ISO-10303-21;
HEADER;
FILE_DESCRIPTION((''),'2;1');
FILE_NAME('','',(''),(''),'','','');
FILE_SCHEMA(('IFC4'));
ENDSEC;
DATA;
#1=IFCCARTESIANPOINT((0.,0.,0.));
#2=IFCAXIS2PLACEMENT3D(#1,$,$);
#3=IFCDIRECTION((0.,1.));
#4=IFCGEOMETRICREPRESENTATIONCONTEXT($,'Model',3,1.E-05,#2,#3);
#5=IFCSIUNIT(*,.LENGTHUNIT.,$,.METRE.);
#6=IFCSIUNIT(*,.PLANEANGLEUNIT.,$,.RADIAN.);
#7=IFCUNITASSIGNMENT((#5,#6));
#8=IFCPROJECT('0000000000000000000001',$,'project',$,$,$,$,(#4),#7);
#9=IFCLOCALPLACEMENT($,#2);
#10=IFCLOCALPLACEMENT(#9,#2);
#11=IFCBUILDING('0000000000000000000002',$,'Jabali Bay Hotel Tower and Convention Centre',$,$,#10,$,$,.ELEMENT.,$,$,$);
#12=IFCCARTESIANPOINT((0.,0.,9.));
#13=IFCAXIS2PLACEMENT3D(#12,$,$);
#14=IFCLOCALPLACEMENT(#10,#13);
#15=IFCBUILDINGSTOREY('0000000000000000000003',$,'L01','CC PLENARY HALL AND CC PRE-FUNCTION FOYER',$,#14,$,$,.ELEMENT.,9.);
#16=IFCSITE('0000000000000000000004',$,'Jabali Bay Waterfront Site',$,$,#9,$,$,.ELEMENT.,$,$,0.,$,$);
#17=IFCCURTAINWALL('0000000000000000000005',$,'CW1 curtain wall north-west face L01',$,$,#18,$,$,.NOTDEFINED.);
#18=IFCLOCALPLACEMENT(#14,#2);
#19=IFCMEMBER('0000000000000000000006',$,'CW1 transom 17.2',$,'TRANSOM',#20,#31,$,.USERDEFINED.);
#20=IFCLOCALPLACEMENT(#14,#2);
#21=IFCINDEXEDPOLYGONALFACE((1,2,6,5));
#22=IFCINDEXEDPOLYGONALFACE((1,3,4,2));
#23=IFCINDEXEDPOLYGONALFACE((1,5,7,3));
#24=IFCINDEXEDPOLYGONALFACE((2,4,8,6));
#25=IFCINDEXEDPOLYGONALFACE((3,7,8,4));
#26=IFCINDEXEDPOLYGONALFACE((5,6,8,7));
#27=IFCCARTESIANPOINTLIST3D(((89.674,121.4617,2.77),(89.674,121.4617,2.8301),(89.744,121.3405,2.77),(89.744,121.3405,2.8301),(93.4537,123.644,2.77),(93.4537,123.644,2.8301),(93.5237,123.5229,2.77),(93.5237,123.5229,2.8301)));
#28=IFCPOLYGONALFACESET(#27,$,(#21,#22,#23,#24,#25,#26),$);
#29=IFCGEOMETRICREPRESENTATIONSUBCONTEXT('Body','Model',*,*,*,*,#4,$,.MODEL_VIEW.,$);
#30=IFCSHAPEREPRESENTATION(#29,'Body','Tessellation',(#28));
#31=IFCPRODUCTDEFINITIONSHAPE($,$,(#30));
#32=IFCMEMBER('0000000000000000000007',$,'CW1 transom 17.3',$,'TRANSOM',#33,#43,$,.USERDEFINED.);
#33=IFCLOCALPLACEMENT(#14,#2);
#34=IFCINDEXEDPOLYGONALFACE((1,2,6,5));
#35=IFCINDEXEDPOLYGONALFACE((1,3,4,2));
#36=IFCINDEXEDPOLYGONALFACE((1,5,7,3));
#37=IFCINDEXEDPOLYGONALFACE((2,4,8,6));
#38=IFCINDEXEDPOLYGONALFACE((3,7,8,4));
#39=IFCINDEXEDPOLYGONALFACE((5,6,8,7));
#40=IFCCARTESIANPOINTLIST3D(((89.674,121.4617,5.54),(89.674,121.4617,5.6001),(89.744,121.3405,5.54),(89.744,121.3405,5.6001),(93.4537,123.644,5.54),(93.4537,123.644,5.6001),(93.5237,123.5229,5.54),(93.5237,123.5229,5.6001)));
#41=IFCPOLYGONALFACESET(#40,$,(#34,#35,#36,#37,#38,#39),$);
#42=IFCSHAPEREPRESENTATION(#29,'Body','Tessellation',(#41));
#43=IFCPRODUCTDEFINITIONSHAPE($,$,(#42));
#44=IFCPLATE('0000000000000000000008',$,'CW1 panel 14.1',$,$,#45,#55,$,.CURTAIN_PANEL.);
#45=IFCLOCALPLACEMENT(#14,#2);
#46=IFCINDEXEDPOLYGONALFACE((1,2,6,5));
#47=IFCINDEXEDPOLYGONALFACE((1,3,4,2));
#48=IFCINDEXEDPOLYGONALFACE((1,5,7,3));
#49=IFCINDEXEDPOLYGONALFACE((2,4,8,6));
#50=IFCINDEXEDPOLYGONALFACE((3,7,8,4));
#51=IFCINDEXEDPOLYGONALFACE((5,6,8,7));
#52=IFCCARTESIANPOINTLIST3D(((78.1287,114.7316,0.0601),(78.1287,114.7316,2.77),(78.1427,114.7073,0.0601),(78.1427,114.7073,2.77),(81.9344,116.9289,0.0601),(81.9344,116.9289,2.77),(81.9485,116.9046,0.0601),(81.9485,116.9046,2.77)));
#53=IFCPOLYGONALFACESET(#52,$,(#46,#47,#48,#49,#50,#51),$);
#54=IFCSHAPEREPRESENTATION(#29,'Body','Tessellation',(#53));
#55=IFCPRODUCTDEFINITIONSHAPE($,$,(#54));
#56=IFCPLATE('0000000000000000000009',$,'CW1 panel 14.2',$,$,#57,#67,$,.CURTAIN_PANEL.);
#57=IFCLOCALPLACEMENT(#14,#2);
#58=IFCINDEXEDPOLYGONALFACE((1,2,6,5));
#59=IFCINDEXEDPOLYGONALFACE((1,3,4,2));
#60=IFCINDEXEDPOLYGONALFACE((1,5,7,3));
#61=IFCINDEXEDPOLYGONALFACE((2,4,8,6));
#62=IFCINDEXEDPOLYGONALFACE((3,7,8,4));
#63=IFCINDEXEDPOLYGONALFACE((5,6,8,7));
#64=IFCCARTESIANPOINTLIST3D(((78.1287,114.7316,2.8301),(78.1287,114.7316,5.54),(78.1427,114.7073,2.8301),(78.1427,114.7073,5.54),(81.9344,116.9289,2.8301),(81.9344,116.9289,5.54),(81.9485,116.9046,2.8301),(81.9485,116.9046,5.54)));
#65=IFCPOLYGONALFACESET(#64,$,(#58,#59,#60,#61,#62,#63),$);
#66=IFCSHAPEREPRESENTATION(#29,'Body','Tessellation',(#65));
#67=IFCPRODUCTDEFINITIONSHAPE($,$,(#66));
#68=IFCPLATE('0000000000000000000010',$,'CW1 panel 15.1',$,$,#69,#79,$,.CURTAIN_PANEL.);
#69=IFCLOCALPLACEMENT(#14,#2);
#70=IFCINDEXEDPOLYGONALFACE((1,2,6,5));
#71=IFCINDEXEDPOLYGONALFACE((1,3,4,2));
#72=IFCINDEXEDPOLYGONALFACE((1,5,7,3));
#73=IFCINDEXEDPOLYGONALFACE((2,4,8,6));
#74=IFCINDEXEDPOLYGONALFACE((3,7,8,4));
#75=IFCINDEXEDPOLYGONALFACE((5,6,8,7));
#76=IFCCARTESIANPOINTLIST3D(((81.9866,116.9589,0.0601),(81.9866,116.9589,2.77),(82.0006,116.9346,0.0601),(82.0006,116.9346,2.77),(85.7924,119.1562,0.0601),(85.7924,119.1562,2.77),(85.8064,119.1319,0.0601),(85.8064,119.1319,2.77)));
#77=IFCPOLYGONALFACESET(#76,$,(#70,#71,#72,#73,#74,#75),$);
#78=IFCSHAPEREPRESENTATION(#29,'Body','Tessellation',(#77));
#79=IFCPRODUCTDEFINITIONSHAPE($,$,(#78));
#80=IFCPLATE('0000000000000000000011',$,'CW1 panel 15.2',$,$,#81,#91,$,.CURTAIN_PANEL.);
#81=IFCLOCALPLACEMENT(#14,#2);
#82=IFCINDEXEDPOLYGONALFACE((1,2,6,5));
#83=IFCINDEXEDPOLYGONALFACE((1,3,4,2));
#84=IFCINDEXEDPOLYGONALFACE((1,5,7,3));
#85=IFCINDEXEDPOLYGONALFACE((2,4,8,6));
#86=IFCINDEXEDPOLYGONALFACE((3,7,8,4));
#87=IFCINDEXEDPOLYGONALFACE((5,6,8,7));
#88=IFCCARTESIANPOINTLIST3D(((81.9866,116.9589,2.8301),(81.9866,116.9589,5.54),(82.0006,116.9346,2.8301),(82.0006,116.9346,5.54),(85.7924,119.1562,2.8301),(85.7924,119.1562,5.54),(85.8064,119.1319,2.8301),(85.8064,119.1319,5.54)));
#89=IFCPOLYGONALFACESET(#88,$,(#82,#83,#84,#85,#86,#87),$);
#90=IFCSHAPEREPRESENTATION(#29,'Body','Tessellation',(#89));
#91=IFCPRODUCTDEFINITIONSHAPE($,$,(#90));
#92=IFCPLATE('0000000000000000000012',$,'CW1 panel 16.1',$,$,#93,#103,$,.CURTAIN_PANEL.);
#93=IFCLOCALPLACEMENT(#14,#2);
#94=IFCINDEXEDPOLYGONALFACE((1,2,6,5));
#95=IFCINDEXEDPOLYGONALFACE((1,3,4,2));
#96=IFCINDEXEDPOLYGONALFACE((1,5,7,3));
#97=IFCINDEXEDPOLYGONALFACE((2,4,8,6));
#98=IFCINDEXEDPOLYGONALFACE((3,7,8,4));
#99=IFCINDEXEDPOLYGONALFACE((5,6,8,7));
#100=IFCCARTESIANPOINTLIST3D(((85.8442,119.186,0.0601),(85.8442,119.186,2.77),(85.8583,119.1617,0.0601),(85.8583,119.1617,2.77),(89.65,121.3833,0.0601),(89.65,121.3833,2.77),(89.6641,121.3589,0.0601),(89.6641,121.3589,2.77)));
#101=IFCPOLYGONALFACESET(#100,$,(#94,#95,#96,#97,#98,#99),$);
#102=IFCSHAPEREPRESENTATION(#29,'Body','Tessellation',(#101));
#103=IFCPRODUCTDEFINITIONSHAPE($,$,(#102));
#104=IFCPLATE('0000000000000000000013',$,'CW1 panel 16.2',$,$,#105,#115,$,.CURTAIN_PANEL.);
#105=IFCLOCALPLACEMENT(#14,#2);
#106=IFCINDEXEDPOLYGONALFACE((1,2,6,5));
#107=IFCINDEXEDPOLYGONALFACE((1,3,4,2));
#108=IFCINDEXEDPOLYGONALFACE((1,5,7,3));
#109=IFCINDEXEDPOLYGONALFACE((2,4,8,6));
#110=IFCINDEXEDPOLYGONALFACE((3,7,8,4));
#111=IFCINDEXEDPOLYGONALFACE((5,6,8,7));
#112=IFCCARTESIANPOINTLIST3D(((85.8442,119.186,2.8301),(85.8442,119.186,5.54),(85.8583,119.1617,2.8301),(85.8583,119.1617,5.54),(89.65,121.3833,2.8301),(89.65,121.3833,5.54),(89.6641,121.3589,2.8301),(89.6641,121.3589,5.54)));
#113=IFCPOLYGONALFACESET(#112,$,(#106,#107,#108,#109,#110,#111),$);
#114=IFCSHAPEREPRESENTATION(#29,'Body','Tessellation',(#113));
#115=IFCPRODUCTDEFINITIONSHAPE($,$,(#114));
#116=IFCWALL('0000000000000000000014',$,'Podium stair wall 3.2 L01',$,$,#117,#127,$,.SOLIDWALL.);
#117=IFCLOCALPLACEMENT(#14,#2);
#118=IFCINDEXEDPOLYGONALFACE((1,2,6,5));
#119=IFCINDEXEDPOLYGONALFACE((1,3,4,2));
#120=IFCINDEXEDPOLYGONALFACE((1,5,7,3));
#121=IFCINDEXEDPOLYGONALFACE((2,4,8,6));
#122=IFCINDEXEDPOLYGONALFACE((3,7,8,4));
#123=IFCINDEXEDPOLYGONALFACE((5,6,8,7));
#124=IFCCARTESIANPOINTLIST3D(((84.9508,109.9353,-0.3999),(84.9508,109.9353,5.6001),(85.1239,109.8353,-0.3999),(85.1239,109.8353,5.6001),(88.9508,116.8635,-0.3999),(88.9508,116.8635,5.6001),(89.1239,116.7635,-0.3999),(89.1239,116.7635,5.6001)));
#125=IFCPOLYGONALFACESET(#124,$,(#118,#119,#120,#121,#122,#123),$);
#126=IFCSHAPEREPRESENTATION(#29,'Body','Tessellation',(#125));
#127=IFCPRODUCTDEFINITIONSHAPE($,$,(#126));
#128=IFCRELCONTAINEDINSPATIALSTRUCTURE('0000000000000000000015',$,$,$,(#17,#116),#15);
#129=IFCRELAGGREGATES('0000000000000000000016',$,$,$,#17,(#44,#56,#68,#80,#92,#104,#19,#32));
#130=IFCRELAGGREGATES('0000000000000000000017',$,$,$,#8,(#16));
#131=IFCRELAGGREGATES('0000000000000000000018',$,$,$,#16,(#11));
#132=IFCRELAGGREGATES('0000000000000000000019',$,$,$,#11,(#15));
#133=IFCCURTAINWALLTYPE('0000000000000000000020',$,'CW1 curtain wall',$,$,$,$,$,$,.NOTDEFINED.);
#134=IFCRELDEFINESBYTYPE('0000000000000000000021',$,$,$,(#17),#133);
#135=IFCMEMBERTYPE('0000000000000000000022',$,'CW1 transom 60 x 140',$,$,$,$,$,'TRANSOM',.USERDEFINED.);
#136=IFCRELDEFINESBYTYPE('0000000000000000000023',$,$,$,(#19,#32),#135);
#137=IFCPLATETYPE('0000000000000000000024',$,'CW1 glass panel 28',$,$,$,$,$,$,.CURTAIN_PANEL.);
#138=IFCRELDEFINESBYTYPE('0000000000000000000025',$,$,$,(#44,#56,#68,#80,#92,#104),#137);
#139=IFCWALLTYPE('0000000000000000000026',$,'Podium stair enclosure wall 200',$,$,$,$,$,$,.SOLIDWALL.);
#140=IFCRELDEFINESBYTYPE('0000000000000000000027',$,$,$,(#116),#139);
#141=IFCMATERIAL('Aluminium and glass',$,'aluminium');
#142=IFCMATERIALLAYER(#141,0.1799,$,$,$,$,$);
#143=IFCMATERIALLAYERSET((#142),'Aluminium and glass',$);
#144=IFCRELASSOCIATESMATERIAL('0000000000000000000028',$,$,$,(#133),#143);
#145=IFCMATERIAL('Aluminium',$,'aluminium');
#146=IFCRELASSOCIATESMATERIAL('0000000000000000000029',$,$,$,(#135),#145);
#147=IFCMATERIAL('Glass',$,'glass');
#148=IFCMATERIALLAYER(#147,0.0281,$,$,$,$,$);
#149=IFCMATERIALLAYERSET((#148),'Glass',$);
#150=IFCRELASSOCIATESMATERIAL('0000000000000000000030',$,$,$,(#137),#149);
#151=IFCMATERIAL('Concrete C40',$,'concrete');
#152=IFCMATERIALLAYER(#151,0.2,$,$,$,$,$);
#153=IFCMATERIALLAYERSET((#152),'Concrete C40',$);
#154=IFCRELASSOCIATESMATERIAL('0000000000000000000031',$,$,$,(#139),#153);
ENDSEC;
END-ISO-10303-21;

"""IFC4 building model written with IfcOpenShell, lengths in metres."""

from ifc_helpers import new_model, si_unit, direction, frame, frame_2d, origin, origin_2d, place, context, subcontext, project, spatial, rectangle, extrude, material, layer, layer_set, material_profile, profile_set, type_object, element, aggregate, save


model = new_model("IFC4")

# Units and contexts
model_context = context("Model", 3, precision=1e-05, world=origin(), true_north=direction((0.0, 1.0)))
body_context = subcontext(model_context, "Body", "Model", "MODEL_VIEW")
ifc_project = project(units=[si_unit("LENGTHUNIT", "METRE"), si_unit("PLANEANGLEUNIT", "RADIAN")], contexts=[model_context])

# Site, building, storey
site_placement = place(None, origin())
site = spatial("IfcSite", under=ifc_project, at=site_placement, Name="Jabali Bay Waterfront Site", CompositionType="ELEMENT", RefElevation=0.0)
building_placement = place(site_placement, origin())
building = spatial("IfcBuilding", under=site, at=building_placement, Name="Jabali Bay Hotel Tower and Convention Centre", CompositionType="ELEMENT")
storey_placement = place(building_placement, frame((0.0, 0.0, 9.0)))
storey = spatial("IfcBuildingStorey", under=building, at=storey_placement, Name="L01", Description="CC PLENARY HALL AND CC PRE-FUNCTION FOYER", CompositionType="ELEMENT", Elevation=9.0)

# Shared definitions
ifc_material_1 = material(Name="Concrete C40", Category="concrete")

# Curtain wall, members, plates
ifc_material_2 = material(Name="Aluminium and glass", Category="aluminium")
ifc_layer_1 = layer(ifc_material_2, 0.1799)
ifc_layer_set_1 = layer_set([ifc_layer_1], Name="Aluminium and glass")
curtain_wall_type = type_object("IfcCurtainWallType", Name="CW1 curtain wall", PredefinedType="NOTDEFINED", material=ifc_layer_set_1)
curtain_wall_placement = place(storey_placement, origin())
curtain_wall = element("IfcCurtainWall", 1, at=curtain_wall_placement, inside=storey, type_object=curtain_wall_type, Name="CW1 curtain wall north-west face L01", PredefinedType="NOTDEFINED")
ifc_material_3 = material(Name="Aluminium", Category="aluminium")
ifc_material_profile_1 = material_profile(ifc_material_3, rectangle(XDim=0.1399, YDim=0.0601, at=origin_2d()), Name="CW1 transom 60 x 140")
ifc_profile_set_1 = profile_set([ifc_material_profile_1], Name="Aluminium")
member_type_1 = type_object("IfcMemberType", Name="CW1 transom 60 x 140", ElementType="TRANSOM", PredefinedType="USERDEFINED", material=ifc_profile_set_1)
member_1_placement = place(storey_placement, frame((89.709, 121.4011, 2.8), z_axis=(0.866014, 0.500019, 0.0), x_axis=(-0.500019, 0.866014, 0.0)))
member_1 = element("IfcMember", 2, at=member_1_placement, type_object=member_type_1, Name="CW1 transom 17.2", ObjectType="TRANSOM", PredefinedType="USERDEFINED", context=body_context, shape_type="SweptSolid", body=[
    extrude(rectangle(XDim=0.1399, YDim=0.0601, at=origin_2d()), origin(), (0.0, 0.0, 1.0), 4.3645),
])
member_2_placement = place(storey_placement, frame((89.709, 121.4011, 5.5701), z_axis=(0.866014, 0.500019, 0.0), x_axis=(-0.500019, 0.866014, 0.0)))
member_2 = element("IfcMember", 3, at=member_2_placement, type_object=member_type_1, Name="CW1 transom 17.3", ObjectType="TRANSOM", PredefinedType="USERDEFINED", context=body_context, shape_type="SweptSolid", body=[
    extrude(rectangle(XDim=0.1399, YDim=0.0601, at=origin_2d()), origin(), (0.0, 0.0, 1.0), 4.3645),
])
ifc_material_4 = material(Name="Glass", Category="glass")
ifc_layer_2 = layer(ifc_material_4, 0.0281)
ifc_layer_set_2 = layer_set([ifc_layer_2], Name="Glass")
plate_type = type_object("IfcPlateType", Name="CW1 glass panel 28", PredefinedType="CURTAIN_PANEL", material=ifc_layer_set_2)
plate_1_placement = place(storey_placement, frame((80.0386, 115.8181, 0.0601), z_axis=(0.0, 0.0, 1.0), x_axis=(0.866025, 0.5, 0.0)))
plate_1 = element("IfcPlate", 4, at=plate_1_placement, type_object=plate_type, Name="CW1 panel 14.1", PredefinedType="CURTAIN_PANEL", context=body_context, shape_type="SweptSolid", body=[
    extrude(rectangle(XDim=4.3945, YDim=0.0281, at=origin_2d()), origin(), (0.0, 0.0, 1.0), 2.71),
])
plate_2_placement = place(storey_placement, frame((80.0386, 115.8181, 2.8301), z_axis=(0.0, 0.0, 1.0), x_axis=(0.866025, 0.5, 0.0)))
plate_2 = element("IfcPlate", 5, at=plate_2_placement, type_object=plate_type, Name="CW1 panel 14.2", PredefinedType="CURTAIN_PANEL", context=body_context, shape_type="SweptSolid", body=[
    extrude(rectangle(XDim=4.3945, YDim=0.0281, at=origin_2d()), origin(), (0.0, 0.0, 1.0), 2.71),
])
plate_3_placement = place(storey_placement, frame((83.8965, 118.0454, 0.0601), z_axis=(0.0, 0.0, 1.0), x_axis=(0.866025, 0.5, 0.0)))
plate_3 = element("IfcPlate", 6, at=plate_3_placement, type_object=plate_type, Name="CW1 panel 15.1", PredefinedType="CURTAIN_PANEL", context=body_context, shape_type="SweptSolid", body=[
    extrude(rectangle(XDim=4.3945, YDim=0.0281, at=origin_2d()), origin(), (0.0, 0.0, 1.0), 2.71),
])
plate_4_placement = place(storey_placement, frame((83.8965, 118.0454, 2.8301), z_axis=(0.0, 0.0, 1.0), x_axis=(0.866025, 0.5, 0.0)))
plate_4 = element("IfcPlate", 7, at=plate_4_placement, type_object=plate_type, Name="CW1 panel 15.2", PredefinedType="CURTAIN_PANEL", context=body_context, shape_type="SweptSolid", body=[
    extrude(rectangle(XDim=4.3945, YDim=0.0281, at=origin_2d()), origin(), (0.0, 0.0, 1.0), 2.71),
])
plate_5_placement = place(storey_placement, frame((87.7542, 120.2725, 0.0601), z_axis=(0.0, 0.0, 1.0), x_axis=(0.866025, 0.5, 0.0)))
plate_5 = element("IfcPlate", 8, at=plate_5_placement, type_object=plate_type, Name="CW1 panel 16.1", PredefinedType="CURTAIN_PANEL", context=body_context, shape_type="SweptSolid", body=[
    extrude(rectangle(XDim=4.3945, YDim=0.0281, at=origin_2d()), origin(), (0.0, 0.0, 1.0), 2.71),
])
plate_6_placement = place(storey_placement, frame((87.7542, 120.2725, 2.8301), z_axis=(0.0, 0.0, 1.0), x_axis=(0.866025, 0.5, 0.0)))
plate_6 = element("IfcPlate", 9, at=plate_6_placement, type_object=plate_type, Name="CW1 panel 16.2", PredefinedType="CURTAIN_PANEL", context=body_context, shape_type="SweptSolid", body=[
    extrude(rectangle(XDim=4.3945, YDim=0.0281, at=origin_2d()), origin(), (0.0, 0.0, 1.0), 2.71),
])
aggregate(curtain_wall, [plate_1, plate_2, plate_3, plate_4, plate_5, plate_6, member_1, member_2])

# Wall
ifc_layer_3 = layer(ifc_material_1, 0.2)
ifc_layer_set_3 = layer_set([ifc_layer_3], Name="Concrete C40")
wall_type = type_object("IfcWallType", Name="Podium stair enclosure wall 200", PredefinedType="SOLIDWALL", material=ifc_layer_set_3)
wall_placement = place(storey_placement, frame((89.0374, 116.8135, -0.3999), z_axis=(0.0, 0.0, 1.0), x_axis=(-0.499999, -0.866026, 0.0)))
element("IfcWall", 10, at=wall_placement, inside=storey, type_object=wall_type, Name="Podium stair wall 3.2 L01", PredefinedType="SOLIDWALL", context=body_context, shape_type="SweptSolid", body=[
    extrude(rectangle(XDim=8.0, YDim=0.2, at=frame_2d((4.0, 0.0))), origin(), (0.0, 0.0, 1.0), 6.0),
])

save(model, "model.ifc")
